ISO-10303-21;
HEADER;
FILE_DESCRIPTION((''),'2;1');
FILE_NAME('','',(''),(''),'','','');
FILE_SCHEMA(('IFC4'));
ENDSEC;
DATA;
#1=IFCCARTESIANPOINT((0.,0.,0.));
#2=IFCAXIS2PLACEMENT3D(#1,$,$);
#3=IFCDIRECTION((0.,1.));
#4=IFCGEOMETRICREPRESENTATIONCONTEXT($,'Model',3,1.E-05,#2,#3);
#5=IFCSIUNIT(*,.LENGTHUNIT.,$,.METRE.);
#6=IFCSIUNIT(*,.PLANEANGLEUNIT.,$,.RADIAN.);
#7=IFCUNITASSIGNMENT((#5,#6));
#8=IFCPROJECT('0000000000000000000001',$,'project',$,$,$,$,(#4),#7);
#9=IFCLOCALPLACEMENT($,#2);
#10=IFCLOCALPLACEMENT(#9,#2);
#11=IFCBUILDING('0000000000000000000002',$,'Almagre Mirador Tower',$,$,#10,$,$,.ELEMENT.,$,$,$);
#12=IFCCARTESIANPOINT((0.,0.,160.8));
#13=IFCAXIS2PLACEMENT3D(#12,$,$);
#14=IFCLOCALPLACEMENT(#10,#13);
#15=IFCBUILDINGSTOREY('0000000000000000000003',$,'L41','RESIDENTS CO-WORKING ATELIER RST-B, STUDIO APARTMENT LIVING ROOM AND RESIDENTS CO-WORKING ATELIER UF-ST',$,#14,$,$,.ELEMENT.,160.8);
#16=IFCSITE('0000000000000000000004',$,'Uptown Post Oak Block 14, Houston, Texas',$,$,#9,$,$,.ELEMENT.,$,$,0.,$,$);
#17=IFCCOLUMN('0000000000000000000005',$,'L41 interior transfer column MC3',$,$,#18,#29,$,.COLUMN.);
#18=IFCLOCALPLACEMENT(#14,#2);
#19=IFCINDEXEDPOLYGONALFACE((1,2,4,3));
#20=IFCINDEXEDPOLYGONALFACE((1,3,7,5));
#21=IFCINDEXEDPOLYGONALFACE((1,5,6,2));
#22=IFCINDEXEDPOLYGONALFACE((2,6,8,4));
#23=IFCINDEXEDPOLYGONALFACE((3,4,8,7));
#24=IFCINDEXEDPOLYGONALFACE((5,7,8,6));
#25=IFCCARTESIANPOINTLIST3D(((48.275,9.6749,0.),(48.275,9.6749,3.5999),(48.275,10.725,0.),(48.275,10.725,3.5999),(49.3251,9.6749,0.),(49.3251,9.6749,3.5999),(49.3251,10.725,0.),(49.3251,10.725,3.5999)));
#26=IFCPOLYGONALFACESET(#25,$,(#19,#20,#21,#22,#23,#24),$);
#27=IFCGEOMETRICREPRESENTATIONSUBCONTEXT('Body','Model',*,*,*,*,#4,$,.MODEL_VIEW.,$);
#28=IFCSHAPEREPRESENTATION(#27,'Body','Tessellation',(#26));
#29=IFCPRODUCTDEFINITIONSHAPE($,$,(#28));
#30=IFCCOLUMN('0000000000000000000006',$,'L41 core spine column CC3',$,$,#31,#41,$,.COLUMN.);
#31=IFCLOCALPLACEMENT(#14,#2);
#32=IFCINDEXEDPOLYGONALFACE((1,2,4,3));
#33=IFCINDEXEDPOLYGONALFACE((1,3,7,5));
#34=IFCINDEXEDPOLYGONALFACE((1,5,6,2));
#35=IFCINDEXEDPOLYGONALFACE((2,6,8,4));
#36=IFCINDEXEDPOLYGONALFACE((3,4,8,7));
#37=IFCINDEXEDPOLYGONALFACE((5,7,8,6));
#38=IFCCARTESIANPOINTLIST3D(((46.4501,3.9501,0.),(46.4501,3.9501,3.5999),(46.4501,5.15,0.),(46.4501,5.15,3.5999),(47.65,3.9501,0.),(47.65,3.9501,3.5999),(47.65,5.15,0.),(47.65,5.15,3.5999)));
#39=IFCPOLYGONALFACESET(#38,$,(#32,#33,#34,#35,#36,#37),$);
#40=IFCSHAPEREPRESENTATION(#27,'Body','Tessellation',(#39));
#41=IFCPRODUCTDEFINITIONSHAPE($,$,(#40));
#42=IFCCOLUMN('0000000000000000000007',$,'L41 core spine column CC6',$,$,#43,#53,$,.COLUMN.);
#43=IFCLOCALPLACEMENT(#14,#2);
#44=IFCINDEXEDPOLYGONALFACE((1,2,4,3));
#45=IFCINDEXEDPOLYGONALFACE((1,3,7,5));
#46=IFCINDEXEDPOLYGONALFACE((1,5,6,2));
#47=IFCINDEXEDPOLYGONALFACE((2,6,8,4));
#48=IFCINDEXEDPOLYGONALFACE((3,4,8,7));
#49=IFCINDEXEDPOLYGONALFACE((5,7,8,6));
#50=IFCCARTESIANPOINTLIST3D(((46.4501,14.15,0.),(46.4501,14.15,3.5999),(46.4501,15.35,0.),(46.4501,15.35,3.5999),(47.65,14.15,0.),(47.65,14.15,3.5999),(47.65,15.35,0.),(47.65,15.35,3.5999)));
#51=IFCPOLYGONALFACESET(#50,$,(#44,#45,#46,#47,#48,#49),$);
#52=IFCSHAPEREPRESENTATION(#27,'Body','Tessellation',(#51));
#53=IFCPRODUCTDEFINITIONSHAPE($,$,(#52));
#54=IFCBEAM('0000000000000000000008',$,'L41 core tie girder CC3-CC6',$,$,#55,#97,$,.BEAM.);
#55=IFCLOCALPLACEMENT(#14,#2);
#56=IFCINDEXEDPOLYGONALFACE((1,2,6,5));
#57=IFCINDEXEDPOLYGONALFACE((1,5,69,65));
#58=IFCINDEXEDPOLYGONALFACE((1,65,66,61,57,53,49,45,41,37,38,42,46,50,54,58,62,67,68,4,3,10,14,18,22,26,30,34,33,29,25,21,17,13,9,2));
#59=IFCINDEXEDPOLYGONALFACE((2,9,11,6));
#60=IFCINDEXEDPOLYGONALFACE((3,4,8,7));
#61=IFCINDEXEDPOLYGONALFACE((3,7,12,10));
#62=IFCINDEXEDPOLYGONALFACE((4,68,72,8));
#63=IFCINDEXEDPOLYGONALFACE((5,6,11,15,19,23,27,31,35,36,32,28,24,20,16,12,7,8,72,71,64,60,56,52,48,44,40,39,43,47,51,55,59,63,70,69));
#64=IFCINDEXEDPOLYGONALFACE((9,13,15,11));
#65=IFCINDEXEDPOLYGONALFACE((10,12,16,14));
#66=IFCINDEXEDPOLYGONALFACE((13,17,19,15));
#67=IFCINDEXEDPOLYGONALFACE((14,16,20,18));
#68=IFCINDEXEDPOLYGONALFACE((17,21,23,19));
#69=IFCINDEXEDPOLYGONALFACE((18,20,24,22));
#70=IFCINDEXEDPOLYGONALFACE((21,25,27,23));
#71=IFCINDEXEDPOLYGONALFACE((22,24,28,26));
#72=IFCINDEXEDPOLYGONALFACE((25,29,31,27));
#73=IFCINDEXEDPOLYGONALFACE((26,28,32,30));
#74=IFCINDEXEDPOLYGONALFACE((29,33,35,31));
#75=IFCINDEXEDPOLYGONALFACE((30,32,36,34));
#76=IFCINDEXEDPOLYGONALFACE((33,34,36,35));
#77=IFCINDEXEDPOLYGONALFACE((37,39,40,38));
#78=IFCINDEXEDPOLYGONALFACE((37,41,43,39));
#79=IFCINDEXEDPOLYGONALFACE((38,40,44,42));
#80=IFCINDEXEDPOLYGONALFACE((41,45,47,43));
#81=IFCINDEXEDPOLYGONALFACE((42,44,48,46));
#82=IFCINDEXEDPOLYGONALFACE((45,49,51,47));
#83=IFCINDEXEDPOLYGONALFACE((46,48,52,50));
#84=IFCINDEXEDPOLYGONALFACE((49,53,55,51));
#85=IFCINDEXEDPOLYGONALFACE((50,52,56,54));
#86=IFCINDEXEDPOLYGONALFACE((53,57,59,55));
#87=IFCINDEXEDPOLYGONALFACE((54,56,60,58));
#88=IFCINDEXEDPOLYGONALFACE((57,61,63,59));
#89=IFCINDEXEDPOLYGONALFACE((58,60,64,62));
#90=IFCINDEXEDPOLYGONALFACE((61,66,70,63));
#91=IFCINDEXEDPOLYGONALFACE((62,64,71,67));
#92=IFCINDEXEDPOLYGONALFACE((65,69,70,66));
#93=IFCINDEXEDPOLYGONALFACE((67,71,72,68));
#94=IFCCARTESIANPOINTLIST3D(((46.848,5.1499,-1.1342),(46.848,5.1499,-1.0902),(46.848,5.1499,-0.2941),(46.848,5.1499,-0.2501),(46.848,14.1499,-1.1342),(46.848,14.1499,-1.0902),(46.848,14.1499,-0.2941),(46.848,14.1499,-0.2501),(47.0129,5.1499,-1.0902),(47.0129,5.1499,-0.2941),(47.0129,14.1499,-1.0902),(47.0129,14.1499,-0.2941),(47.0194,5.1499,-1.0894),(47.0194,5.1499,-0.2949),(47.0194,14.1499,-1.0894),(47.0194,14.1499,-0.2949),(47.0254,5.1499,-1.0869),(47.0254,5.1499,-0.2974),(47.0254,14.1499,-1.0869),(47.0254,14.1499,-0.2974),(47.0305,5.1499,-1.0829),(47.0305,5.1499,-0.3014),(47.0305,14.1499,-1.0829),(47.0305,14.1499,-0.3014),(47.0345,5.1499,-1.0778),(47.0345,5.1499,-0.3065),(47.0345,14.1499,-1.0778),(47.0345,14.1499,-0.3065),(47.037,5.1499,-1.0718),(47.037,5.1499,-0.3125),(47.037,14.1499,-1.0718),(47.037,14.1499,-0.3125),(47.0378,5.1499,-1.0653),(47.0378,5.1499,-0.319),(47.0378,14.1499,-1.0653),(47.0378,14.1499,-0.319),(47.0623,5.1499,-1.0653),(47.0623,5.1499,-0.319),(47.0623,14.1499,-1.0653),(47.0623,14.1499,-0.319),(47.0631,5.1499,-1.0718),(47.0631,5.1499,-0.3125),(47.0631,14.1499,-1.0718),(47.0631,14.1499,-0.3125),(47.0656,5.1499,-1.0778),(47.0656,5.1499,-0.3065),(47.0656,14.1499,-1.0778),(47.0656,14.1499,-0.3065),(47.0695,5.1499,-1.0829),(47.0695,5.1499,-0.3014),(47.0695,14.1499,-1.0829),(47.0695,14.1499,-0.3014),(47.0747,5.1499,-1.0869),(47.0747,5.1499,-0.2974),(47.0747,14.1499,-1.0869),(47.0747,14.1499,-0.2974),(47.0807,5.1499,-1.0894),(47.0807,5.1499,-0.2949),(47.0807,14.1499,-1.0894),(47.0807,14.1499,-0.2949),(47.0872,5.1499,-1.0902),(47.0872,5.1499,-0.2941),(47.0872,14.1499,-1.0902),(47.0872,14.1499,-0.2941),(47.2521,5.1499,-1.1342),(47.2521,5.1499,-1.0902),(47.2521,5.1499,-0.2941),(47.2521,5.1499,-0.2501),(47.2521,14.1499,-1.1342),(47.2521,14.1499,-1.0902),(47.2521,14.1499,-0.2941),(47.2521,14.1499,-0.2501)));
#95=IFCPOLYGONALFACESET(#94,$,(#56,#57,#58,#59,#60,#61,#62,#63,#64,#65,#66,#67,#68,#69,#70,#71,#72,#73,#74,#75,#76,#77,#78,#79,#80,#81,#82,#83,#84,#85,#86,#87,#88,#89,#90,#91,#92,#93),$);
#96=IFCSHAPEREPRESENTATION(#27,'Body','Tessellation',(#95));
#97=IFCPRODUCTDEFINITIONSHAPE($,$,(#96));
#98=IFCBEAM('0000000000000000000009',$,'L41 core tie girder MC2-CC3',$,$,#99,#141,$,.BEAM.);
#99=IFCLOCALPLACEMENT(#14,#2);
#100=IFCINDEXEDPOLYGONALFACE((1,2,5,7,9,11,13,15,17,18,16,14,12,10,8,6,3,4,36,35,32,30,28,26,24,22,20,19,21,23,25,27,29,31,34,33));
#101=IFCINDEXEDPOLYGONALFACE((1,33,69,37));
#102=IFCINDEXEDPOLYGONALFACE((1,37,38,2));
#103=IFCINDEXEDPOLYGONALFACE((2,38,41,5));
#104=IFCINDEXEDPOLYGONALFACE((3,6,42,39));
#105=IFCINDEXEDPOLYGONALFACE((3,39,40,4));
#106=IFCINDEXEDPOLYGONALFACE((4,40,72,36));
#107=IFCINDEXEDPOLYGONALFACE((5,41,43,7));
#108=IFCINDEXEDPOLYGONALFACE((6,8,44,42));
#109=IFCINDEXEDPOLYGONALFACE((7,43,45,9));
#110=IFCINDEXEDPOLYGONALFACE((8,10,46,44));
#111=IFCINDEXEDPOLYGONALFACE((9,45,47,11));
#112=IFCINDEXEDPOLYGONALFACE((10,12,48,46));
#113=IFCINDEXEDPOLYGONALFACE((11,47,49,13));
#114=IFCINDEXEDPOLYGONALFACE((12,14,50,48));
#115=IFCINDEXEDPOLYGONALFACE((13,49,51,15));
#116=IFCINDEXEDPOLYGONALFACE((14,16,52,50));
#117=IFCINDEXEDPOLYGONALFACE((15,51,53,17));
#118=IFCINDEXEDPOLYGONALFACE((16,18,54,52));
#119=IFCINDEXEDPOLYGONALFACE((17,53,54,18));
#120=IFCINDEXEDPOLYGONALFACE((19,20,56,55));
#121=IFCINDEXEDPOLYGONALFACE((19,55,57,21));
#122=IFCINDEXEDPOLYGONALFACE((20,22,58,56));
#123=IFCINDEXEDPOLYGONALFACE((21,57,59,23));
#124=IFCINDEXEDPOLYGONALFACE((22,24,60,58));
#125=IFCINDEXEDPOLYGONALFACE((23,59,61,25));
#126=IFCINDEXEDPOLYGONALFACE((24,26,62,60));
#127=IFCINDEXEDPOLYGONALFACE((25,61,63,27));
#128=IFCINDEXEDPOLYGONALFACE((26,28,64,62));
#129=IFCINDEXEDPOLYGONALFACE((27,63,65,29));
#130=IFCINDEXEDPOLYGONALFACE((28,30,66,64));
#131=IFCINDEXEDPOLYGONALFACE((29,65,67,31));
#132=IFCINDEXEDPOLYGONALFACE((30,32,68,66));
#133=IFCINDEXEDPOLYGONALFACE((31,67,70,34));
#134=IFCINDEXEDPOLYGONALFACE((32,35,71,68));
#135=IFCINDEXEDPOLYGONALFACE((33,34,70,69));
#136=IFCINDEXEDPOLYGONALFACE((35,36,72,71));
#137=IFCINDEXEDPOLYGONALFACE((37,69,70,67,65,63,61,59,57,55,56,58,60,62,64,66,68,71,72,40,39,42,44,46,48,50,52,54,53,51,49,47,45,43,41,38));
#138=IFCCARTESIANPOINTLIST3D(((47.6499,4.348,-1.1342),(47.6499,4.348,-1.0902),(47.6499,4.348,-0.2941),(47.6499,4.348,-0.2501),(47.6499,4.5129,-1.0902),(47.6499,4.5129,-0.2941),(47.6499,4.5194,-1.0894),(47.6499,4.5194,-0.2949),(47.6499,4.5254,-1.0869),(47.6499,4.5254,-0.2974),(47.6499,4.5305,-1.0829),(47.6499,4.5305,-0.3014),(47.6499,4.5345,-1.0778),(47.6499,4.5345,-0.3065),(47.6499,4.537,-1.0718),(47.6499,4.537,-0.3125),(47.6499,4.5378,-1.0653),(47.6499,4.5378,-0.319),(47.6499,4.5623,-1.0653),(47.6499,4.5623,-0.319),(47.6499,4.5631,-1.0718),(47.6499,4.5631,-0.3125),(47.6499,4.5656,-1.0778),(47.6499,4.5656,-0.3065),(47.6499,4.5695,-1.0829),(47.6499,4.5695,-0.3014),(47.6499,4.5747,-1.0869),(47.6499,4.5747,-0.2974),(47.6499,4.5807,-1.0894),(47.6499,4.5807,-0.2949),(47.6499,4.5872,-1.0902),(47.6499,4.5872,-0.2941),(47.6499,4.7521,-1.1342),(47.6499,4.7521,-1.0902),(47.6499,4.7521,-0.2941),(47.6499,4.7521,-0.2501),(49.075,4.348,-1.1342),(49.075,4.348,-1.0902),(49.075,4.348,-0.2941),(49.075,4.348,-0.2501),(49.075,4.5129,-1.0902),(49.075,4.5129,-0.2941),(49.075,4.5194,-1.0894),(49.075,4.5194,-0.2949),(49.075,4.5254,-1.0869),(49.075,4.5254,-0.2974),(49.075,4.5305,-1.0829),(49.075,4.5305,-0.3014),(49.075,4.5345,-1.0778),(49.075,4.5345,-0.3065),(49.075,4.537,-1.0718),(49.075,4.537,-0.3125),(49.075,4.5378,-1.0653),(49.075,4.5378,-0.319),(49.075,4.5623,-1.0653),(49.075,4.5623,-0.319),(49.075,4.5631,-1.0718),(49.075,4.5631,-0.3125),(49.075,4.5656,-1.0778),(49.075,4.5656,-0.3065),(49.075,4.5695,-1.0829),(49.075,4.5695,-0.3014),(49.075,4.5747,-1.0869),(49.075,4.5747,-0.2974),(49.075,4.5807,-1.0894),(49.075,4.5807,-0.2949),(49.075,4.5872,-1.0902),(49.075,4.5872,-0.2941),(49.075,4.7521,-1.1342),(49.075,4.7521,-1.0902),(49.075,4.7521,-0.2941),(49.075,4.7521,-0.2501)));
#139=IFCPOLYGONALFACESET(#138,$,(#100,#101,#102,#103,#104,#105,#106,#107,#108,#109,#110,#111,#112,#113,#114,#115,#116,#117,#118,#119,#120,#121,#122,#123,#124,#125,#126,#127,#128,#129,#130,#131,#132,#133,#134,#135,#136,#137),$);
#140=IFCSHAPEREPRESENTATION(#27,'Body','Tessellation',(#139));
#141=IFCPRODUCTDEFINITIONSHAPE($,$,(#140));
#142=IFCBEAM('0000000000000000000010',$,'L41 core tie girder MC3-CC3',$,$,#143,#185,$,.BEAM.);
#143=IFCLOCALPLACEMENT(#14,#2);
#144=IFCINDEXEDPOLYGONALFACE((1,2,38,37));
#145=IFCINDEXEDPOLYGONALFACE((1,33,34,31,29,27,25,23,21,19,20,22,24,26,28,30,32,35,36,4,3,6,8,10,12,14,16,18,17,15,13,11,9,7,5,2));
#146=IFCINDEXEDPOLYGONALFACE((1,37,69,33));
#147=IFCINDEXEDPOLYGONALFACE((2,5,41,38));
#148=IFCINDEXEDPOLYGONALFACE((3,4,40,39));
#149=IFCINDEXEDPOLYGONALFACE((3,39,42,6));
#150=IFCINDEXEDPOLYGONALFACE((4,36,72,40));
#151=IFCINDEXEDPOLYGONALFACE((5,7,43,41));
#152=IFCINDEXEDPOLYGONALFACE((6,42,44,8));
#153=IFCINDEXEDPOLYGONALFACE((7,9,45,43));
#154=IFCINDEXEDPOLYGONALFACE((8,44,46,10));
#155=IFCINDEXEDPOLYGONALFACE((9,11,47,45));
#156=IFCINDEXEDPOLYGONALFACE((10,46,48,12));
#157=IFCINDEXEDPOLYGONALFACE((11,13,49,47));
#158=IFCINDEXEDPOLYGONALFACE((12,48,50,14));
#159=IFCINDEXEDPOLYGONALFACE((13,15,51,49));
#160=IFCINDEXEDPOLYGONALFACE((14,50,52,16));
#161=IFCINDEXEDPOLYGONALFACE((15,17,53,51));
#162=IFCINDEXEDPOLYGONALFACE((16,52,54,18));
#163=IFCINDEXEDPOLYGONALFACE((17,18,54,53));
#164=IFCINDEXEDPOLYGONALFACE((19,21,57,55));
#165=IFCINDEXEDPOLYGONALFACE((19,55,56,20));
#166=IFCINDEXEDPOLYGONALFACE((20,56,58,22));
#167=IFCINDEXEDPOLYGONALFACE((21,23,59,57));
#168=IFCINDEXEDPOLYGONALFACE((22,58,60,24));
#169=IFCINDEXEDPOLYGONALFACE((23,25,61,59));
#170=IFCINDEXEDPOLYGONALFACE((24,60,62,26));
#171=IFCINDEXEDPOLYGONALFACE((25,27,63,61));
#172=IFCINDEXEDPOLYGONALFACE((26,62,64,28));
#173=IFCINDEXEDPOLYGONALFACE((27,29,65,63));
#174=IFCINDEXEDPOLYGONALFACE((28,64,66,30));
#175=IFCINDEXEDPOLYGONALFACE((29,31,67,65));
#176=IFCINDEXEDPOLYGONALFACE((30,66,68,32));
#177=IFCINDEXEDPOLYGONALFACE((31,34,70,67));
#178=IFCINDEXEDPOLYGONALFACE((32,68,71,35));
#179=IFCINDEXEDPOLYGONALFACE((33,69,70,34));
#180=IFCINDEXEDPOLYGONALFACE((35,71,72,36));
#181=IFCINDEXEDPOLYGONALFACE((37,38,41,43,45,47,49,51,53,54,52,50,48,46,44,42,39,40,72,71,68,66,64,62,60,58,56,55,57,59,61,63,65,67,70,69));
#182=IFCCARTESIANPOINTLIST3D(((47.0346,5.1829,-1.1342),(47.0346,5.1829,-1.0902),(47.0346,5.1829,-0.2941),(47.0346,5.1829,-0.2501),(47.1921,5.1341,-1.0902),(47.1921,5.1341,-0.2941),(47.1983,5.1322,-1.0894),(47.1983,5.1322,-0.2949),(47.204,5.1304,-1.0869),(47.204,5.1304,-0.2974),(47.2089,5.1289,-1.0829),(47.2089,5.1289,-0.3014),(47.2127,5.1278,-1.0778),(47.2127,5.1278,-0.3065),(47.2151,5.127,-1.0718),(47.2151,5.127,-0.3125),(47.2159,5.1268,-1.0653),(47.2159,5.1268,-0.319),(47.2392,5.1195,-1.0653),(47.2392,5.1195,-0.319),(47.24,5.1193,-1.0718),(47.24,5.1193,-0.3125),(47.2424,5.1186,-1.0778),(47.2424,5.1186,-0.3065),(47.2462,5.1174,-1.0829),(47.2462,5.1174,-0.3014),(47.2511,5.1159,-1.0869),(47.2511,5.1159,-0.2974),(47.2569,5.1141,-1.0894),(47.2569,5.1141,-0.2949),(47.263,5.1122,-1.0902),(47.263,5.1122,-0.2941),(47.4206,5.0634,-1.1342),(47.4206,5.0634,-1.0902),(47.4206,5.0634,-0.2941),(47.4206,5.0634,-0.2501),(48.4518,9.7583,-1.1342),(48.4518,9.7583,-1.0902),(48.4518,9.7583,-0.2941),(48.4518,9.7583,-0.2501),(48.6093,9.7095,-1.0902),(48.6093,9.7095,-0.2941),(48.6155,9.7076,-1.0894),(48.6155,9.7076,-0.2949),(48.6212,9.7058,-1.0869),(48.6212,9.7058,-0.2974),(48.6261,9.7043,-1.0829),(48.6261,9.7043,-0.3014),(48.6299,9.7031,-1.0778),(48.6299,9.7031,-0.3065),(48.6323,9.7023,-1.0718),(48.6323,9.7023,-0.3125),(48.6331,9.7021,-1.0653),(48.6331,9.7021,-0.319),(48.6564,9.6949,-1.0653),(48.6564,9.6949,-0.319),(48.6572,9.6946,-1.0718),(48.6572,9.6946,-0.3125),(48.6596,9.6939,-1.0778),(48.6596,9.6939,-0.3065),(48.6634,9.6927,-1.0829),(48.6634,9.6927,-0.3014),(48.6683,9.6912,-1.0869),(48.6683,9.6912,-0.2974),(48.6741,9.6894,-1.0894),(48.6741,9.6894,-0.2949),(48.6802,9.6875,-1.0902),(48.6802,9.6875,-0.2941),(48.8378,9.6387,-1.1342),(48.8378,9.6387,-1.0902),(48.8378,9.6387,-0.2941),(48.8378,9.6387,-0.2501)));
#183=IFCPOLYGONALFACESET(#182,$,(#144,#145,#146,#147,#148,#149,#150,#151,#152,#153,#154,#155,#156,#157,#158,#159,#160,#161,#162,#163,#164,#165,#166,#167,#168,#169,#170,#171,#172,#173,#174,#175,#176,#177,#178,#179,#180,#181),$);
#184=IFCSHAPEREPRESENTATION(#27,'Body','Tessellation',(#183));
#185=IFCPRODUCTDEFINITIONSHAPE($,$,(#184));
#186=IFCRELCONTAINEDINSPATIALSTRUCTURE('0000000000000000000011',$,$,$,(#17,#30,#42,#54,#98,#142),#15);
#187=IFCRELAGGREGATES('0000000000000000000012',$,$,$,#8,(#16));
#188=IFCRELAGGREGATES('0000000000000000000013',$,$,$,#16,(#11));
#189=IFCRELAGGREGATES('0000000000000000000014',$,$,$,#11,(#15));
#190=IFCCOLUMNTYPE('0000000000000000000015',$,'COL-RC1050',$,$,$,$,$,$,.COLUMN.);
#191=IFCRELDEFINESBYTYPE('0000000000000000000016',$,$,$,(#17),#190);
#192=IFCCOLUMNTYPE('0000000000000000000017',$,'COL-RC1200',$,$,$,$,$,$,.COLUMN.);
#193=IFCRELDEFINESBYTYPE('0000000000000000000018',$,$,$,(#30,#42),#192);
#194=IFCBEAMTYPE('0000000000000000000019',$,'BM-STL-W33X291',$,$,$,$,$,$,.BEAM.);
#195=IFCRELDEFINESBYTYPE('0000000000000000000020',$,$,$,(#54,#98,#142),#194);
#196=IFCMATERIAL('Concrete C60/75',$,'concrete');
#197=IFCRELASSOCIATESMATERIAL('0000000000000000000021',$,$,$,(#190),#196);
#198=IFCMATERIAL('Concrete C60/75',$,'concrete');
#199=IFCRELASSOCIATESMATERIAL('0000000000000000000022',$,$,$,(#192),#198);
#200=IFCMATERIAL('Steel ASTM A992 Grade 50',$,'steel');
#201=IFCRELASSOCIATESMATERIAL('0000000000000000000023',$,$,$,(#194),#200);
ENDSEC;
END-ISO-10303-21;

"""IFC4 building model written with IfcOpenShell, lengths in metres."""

from ifc_helpers import new_model, si_unit, direction, frame, origin, origin_2d, place, context, subcontext, project, spatial, rectangle, i_section, extrude, material, material_profile, profile_set, type_object, element, save


model = new_model("IFC4")

# Units and contexts
model_context = context("Model", 3, precision=1e-05, world=origin(), true_north=direction((0.0, 1.0)))
body_context = subcontext(model_context, "Body", "Model", "MODEL_VIEW")
ifc_project = project(units=[si_unit("LENGTHUNIT", "METRE"), si_unit("PLANEANGLEUNIT", "RADIAN")], contexts=[model_context])

# Site, building, storey
site_placement = place(None, origin())
site = spatial("IfcSite", under=ifc_project, at=site_placement, Name="Uptown Post Oak Block 14, Houston, Texas", CompositionType="ELEMENT", RefElevation=0.0)
building_placement = place(site_placement, origin())
building = spatial("IfcBuilding", under=site, at=building_placement, Name="Almagre Mirador Tower", CompositionType="ELEMENT")
storey_placement = place(building_placement, frame((0.0, 0.0, 160.8)))
storey = spatial("IfcBuildingStorey", under=building, at=storey_placement, Name="L41", Description="RESIDENTS CO-WORKING ATELIER RST-B, STUDIO APARTMENT LIVING ROOM AND RESIDENTS CO-WORKING ATELIER UF-ST", CompositionType="ELEMENT", Elevation=160.8)

# Columns
ifc_material_1 = material(Name="Concrete C60/75", Category="concrete")
ifc_material_profile_1 = material_profile(ifc_material_1, rectangle(XDim=1.05, YDim=1.05, at=origin_2d()), Name="RC1050X1050")
ifc_profile_set_1 = profile_set([ifc_material_profile_1], Name="Concrete C60/75")
column_type_1 = type_object("IfcColumnType", Name="COL-RC1050", PredefinedType="COLUMN", material=ifc_profile_set_1)
column_placement = place(storey_placement, frame((48.8, 10.2, 0.0), z_axis=(0.0, 0.0, 1.0), x_axis=(1.0, 0.0, 0.0)))
element("IfcColumn", 1, at=column_placement, inside=storey, type_object=column_type_1, Name="L41 interior transfer column MC3", PredefinedType="COLUMN", context=body_context, shape_type="SweptSolid", body=[
    extrude(rectangle(XDim=1.05, YDim=1.05, at=origin_2d()), origin(), (0.0, 0.0, 1.0), 3.5999),
])
ifc_material_2 = material(Name="Concrete C60/75", Category="concrete")
ifc_material_profile_2 = material_profile(ifc_material_2, rectangle(XDim=1.2, YDim=1.2, at=origin_2d()), Name="RC1200X1200")
ifc_profile_set_2 = profile_set([ifc_material_profile_2], Name="Concrete C60/75")
column_type_2 = type_object("IfcColumnType", Name="COL-RC1200", PredefinedType="COLUMN", material=ifc_profile_set_2)
for number, where, z_axis, x_axis, name in (
    (2, (47.05, 4.55, 0.0), (0.0, 0.0, 1.0), (1.0, 0.0, 0.0), "L41 core spine column CC3"),
    (3, (47.05, 14.75, 0.0), (0.0, 0.0, 1.0), (1.0, 0.0, 0.0), "L41 core spine column CC6"),
):
    element("IfcColumn", number, at=place(storey_placement, frame(where, z_axis=z_axis, x_axis=x_axis)), inside=storey, type_object=column_type_2, Name=name, PredefinedType="COLUMN", context=body_context, shape_type="SweptSolid", body=[
        extrude(rectangle(XDim=1.2, YDim=1.2, at=origin_2d()), origin(), (0.0, 0.0, 1.0), 3.5999),
    ])

# Beams
ifc_material_3 = material(Name="Steel ASTM A992 Grade 50", Category="steel")
ifc_material_profile_3 = material_profile(ifc_material_3, i_section(OverallWidth=0.4041, OverallDepth=0.884, WebThickness=0.0244, FlangeThickness=0.0439, FilletRadius=0.0249, at=origin_2d()), Name="W33X291")
ifc_profile_set_3 = profile_set([ifc_material_profile_3], Name="Steel ASTM A992 Grade 50")
beam_type = type_object("IfcBeamType", Name="BM-STL-W33X291", PredefinedType="BEAM", material=ifc_profile_set_3)
beam_1_placement = place(storey_placement, frame((47.05, 5.1499, -0.6921), z_axis=(0.0, 1.0, 0.0), x_axis=(-1.0, 0.0, 0.0)))
element("IfcBeam", 4, at=beam_1_placement, inside=storey, type_object=beam_type, Name="L41 core tie girder CC3-CC6", PredefinedType="BEAM", context=body_context, shape_type="SweptSolid", body=[
    extrude(i_section(OverallWidth=0.4041, OverallDepth=0.884, WebThickness=0.0244, FlangeThickness=0.0439, FilletRadius=0.0249, at=origin_2d()), origin(), (0.0, 0.0, 1.0), 9.0),
])
beam_2_placement = place(storey_placement, frame((49.075, 4.55, -0.6921), z_axis=(-1.0, 0.0, 0.0), x_axis=(0.0, -1.0, 0.0)))
element("IfcBeam", 5, at=beam_2_placement, inside=storey, type_object=beam_type, Name="L41 core tie girder MC2-CC3", PredefinedType="BEAM", context=body_context, shape_type="SweptSolid", body=[
    extrude(i_section(OverallWidth=0.4041, OverallDepth=0.884, WebThickness=0.0244, FlangeThickness=0.0439, FilletRadius=0.0249, at=origin_2d()), origin(), (0.0, 0.0, 1.0), 1.425),
])
beam_3_placement = place(storey_placement, frame((48.6448, 9.6985, -0.6921), z_axis=(-0.29588, -0.955225, 0.0), x_axis=(0.955225, -0.29588, 0.0)))
element("IfcBeam", 6, at=beam_3_placement, inside=storey, type_object=beam_type, Name="L41 core tie girder MC3-CC3", PredefinedType="BEAM", context=body_context, shape_type="SweptSolid", body=[
    extrude(i_section(OverallWidth=0.4041, OverallDepth=0.884, WebThickness=0.0244, FlangeThickness=0.0439, FilletRadius=0.0249, at=origin_2d()), origin(), (0.0, 0.0, 1.0), 4.7898),
])

save(model, "model.ifc")
